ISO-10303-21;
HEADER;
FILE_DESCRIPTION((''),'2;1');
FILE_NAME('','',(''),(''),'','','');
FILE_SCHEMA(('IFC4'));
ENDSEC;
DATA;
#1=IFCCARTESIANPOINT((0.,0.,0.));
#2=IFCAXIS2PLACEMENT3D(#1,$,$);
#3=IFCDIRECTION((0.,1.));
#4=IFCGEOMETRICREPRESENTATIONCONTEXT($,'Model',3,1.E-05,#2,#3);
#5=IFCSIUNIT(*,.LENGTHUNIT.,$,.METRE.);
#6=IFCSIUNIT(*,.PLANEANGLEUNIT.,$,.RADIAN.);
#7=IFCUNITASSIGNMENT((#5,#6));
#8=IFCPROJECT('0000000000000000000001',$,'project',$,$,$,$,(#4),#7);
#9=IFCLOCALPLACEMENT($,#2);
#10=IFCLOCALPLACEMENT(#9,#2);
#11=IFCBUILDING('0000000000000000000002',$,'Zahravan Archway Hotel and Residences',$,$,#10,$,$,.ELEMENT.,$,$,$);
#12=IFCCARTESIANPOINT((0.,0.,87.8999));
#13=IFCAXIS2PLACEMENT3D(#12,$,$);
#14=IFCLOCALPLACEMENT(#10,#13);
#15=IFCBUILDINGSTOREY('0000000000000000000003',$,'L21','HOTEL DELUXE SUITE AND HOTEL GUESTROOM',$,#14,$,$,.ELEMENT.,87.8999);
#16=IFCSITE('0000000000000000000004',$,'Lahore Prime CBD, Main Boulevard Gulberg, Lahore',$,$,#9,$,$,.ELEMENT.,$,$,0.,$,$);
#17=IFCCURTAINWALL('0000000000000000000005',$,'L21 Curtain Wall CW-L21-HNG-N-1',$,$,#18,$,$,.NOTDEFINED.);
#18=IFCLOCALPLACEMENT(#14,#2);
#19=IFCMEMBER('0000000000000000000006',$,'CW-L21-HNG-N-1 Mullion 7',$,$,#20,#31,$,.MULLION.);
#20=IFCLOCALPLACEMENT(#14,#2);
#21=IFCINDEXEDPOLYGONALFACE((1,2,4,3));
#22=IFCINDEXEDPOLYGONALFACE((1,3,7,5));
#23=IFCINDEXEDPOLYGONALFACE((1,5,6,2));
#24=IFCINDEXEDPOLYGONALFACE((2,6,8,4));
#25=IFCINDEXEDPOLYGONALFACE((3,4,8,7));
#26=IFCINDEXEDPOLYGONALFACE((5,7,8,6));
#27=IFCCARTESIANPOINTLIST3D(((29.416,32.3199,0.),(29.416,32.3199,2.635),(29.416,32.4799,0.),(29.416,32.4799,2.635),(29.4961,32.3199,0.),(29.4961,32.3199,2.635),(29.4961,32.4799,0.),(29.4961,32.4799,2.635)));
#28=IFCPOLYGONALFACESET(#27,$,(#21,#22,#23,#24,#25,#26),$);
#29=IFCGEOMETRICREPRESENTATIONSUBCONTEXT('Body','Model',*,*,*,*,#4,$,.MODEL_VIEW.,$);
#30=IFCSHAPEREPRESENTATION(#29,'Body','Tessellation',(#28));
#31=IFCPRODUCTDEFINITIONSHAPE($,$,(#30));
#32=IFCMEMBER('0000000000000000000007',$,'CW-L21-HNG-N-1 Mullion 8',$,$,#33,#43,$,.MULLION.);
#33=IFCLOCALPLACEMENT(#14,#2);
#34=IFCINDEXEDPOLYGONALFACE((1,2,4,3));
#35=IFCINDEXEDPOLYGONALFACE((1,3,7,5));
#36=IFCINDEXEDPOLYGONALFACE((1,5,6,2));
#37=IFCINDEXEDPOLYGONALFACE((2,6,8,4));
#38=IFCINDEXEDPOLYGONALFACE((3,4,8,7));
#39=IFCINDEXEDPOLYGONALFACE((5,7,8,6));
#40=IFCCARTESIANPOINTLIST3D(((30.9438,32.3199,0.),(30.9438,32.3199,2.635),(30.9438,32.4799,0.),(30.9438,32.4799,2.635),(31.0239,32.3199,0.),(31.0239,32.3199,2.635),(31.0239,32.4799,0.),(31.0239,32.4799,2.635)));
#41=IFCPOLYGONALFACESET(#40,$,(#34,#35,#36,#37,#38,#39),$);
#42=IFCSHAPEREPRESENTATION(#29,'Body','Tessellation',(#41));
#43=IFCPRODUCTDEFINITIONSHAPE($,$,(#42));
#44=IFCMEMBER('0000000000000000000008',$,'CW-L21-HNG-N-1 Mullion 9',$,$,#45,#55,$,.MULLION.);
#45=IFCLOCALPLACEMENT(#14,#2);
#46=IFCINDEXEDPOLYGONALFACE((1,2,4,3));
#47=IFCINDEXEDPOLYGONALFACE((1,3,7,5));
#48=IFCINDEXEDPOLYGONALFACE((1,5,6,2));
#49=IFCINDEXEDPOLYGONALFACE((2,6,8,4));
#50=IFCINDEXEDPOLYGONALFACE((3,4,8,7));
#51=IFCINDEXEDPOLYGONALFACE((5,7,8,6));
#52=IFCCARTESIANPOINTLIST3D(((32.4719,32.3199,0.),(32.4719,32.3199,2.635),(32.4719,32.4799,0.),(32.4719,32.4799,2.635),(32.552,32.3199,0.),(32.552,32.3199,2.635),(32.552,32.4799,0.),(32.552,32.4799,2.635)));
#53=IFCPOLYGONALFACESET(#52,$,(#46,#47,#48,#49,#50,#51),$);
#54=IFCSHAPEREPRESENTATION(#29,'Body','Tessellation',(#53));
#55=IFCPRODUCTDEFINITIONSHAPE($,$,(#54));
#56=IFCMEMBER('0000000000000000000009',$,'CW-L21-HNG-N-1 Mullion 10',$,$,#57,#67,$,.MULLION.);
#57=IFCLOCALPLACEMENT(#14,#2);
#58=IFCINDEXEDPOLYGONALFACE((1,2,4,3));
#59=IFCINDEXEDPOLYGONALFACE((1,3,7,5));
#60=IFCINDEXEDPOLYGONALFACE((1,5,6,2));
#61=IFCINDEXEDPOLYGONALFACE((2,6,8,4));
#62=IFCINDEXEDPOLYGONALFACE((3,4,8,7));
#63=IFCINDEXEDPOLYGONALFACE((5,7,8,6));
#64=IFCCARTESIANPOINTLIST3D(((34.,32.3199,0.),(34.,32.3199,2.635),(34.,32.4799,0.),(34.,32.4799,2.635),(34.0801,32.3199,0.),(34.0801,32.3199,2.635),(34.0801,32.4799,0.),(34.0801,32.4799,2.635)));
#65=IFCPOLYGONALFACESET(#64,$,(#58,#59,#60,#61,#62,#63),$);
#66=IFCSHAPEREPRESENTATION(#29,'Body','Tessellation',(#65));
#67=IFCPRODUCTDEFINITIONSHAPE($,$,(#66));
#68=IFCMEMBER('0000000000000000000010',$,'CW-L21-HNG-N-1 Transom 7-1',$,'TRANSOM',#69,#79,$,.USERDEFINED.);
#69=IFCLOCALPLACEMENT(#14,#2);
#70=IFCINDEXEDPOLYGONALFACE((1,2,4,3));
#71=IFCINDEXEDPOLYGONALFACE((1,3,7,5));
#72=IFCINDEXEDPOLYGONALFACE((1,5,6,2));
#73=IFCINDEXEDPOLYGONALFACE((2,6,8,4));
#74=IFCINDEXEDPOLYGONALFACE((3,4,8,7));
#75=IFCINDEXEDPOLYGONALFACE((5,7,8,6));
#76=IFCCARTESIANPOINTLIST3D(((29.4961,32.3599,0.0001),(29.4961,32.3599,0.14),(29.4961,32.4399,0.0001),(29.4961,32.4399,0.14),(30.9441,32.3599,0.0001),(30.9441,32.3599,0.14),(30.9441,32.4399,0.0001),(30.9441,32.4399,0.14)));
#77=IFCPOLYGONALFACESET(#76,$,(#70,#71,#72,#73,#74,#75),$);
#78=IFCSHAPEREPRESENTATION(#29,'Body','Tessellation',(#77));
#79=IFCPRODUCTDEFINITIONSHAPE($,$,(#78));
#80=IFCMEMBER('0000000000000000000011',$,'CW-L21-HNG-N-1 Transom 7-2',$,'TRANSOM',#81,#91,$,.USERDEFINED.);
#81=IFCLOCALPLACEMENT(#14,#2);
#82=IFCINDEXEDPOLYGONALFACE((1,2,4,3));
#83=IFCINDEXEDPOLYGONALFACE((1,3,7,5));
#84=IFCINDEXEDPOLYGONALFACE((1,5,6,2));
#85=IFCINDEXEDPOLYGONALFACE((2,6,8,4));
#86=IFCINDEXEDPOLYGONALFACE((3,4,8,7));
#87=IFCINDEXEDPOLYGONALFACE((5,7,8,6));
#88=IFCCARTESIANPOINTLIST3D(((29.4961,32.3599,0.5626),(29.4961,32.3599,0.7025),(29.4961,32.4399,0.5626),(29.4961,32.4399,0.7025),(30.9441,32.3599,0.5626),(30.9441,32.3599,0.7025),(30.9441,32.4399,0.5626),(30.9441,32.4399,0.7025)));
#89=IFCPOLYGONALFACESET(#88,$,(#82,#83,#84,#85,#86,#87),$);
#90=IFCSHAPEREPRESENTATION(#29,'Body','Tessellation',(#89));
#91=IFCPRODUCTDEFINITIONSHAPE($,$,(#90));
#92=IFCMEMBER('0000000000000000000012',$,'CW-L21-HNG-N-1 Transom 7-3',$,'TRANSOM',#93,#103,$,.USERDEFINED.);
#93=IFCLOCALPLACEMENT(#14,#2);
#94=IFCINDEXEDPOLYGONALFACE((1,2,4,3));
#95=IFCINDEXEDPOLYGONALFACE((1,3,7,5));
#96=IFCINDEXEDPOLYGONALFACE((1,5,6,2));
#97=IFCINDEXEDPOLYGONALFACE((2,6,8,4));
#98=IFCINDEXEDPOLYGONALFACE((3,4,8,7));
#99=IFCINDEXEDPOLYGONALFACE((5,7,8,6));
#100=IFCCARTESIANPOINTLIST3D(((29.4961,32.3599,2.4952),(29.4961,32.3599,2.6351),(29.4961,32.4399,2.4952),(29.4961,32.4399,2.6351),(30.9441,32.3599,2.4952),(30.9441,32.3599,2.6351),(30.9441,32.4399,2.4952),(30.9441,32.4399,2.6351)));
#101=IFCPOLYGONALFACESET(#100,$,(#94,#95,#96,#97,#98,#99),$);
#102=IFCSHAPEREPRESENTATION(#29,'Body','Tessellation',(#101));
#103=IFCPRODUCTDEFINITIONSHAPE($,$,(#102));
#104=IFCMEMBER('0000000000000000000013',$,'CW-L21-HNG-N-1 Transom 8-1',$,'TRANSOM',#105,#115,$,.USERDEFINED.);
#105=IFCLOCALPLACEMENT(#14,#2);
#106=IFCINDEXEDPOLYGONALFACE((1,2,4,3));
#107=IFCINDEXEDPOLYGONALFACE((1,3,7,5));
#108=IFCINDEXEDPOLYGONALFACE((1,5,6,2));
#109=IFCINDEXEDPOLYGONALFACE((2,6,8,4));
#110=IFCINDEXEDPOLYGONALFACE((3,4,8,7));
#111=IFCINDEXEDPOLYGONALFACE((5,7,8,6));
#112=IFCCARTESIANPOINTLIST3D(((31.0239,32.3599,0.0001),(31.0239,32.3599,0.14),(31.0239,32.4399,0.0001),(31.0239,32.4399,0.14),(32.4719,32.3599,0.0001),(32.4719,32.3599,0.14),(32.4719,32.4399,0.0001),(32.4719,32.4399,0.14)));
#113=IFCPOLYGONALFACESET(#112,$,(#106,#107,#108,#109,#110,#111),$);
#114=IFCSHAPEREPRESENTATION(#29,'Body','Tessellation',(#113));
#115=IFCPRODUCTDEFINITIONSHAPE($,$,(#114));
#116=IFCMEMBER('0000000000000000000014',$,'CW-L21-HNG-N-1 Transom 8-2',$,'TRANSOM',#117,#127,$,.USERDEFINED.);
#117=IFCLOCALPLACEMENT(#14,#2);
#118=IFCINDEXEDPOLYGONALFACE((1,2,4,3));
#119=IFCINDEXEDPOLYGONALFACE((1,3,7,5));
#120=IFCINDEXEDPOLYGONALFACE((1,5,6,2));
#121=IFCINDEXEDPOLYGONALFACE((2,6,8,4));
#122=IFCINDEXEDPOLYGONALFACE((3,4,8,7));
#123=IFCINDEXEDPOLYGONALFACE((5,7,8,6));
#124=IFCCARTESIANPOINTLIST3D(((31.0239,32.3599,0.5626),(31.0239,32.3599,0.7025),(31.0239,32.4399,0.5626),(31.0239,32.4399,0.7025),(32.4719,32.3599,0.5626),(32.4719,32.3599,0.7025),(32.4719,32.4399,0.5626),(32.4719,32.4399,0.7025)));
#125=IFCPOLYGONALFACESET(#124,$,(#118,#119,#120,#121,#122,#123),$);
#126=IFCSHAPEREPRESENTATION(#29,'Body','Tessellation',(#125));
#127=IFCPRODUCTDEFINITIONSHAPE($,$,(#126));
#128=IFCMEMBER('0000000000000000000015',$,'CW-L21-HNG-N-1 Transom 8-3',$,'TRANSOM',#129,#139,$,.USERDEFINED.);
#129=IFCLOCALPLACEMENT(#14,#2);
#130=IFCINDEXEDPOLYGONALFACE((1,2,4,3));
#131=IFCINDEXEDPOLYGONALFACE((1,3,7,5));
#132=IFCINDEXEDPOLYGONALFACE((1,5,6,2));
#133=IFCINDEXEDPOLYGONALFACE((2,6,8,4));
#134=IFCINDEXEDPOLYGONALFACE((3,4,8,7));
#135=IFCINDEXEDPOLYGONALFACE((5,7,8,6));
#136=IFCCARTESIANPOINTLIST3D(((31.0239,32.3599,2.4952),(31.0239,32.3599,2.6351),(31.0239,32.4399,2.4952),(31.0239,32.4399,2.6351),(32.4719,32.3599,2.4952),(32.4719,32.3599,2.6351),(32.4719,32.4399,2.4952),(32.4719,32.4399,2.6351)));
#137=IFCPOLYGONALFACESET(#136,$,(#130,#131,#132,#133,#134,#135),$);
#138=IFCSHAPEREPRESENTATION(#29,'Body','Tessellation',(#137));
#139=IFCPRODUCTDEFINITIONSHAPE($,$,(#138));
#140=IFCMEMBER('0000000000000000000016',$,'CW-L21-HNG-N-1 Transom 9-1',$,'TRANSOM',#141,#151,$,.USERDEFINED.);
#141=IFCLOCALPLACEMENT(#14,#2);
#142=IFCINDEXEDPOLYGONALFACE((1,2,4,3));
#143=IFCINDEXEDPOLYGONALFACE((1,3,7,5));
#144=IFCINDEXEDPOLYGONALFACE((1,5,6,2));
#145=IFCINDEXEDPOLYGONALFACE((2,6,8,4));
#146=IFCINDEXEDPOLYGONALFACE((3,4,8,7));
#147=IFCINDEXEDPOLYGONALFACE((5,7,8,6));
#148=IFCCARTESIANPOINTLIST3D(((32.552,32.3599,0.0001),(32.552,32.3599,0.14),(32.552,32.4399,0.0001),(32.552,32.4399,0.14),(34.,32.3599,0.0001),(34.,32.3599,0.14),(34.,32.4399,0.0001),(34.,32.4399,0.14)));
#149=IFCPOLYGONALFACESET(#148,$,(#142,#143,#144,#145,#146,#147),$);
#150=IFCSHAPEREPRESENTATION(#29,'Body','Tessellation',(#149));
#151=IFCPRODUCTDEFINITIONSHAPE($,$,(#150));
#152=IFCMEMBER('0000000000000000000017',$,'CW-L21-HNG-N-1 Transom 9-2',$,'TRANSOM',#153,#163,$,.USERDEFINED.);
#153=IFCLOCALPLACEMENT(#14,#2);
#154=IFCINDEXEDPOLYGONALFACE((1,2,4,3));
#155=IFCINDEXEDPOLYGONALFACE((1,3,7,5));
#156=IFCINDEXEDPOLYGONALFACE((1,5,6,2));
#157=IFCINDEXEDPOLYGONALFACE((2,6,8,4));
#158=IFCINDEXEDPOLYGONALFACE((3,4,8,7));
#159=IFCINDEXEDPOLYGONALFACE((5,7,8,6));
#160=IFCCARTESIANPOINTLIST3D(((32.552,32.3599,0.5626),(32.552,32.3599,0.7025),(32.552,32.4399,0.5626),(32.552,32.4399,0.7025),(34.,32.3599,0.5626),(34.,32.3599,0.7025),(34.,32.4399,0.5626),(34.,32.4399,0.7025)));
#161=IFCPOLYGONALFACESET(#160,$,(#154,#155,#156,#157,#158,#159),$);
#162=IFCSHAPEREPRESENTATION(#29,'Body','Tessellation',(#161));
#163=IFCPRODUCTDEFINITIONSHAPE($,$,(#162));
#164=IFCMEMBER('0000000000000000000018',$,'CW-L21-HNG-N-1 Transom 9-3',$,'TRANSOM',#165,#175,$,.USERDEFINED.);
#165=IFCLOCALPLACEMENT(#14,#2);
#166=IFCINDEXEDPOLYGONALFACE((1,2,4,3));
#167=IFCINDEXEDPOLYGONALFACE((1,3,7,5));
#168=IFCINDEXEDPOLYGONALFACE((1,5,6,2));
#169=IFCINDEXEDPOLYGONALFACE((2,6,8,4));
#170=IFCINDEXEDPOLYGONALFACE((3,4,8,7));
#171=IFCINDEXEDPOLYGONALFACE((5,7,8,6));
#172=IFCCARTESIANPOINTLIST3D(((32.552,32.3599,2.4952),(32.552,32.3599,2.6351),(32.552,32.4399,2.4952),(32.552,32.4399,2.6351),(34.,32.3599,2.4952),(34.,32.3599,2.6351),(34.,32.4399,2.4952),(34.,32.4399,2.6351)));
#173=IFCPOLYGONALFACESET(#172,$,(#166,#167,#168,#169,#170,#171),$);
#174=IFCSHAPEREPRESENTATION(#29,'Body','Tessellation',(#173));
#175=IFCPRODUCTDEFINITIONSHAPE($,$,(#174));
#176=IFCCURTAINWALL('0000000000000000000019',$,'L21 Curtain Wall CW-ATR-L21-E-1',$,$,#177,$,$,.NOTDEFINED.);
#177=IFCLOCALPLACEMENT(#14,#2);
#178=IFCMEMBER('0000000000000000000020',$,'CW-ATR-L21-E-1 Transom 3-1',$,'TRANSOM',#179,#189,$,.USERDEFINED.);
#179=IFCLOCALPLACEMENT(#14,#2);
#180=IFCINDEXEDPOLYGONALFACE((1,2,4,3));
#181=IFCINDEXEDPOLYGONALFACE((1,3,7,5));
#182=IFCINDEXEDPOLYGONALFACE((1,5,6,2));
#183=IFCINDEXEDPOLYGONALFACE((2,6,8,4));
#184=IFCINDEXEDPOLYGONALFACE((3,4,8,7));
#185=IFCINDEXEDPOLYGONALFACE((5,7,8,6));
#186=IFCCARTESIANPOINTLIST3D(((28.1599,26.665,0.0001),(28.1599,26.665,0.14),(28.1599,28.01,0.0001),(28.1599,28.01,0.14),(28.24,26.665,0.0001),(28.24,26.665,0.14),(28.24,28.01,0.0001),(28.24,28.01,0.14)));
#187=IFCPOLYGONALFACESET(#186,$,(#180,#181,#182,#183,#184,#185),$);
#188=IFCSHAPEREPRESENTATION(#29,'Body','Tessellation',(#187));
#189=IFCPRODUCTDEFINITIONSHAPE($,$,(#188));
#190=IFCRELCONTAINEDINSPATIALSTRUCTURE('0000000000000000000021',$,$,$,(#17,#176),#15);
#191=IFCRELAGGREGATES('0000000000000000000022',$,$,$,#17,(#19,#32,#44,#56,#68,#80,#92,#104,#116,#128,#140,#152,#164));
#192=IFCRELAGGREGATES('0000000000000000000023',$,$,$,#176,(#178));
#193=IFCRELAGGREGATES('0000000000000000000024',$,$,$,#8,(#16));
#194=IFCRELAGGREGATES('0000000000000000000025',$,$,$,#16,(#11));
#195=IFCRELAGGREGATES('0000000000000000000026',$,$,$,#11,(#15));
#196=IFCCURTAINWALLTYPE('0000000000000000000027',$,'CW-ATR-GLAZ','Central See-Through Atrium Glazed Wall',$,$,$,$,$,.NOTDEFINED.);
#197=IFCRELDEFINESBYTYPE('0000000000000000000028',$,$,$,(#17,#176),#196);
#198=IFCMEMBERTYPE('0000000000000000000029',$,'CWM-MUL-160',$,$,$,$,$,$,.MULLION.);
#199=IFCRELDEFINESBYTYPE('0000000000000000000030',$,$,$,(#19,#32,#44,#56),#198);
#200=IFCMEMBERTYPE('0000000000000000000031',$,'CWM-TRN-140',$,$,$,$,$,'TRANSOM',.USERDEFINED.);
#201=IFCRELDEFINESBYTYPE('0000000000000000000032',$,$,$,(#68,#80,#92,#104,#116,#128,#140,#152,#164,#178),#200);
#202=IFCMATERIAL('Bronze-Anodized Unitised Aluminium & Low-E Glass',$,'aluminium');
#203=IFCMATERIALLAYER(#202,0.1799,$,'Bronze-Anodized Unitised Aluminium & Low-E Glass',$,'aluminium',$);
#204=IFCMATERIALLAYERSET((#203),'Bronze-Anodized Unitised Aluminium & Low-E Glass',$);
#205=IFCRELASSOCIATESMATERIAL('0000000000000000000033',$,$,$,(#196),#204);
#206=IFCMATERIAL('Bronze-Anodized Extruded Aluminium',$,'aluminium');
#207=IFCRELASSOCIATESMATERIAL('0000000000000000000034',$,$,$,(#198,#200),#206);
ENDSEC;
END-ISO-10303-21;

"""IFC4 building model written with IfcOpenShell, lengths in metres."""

from ifc_helpers import new_model, si_unit, direction, frame, origin, origin_2d, place, context, subcontext, project, spatial, rectangle, extrude, source, transform, mapped, material, layer, layer_set, material_profile, profile_set, type_object, element, aggregate, save


model = new_model("IFC4")

# Units and contexts
model_context = context("Model", 3, precision=1e-05, world=origin(), true_north=direction((0.0, 1.0)))
body_context = subcontext(model_context, "Body", "Model", "MODEL_VIEW")
ifc_project = project(units=[si_unit("LENGTHUNIT", "METRE"), si_unit("PLANEANGLEUNIT", "RADIAN")], contexts=[model_context])

# Site, building, storey
site_placement = place(None, origin())
site = spatial("IfcSite", under=ifc_project, at=site_placement, Name="Lahore Prime CBD, Main Boulevard Gulberg, Lahore", CompositionType="ELEMENT", RefElevation=0.0)
building_placement = place(site_placement, origin())
building = spatial("IfcBuilding", under=site, at=building_placement, Name="Zahravan Archway Hotel and Residences", CompositionType="ELEMENT")
storey_placement = place(building_placement, frame((0.0, 0.0, 87.8999)))
storey = spatial("IfcBuildingStorey", under=building, at=storey_placement, Name="L21", Description="HOTEL DELUXE SUITE AND HOTEL GUESTROOM", CompositionType="ELEMENT", Elevation=87.8999)

# Curtain walls, members
ifc_material_1 = material(Name="Bronze-Anodized Unitised Aluminium & Low-E Glass", Category="aluminium")
ifc_layer_1 = layer(ifc_material_1, 0.1799, Name="Bronze-Anodized Unitised Aluminium & Low-E Glass", Category="aluminium")
ifc_layer_set_1 = layer_set([ifc_layer_1], Name="Bronze-Anodized Unitised Aluminium & Low-E Glass")
curtain_wall_type = type_object("IfcCurtainWallType", Name="CW-ATR-GLAZ", Description="Central See-Through Atrium Glazed Wall", PredefinedType="NOTDEFINED", material=ifc_layer_set_1)
curtain_wall_1_placement = place(storey_placement, origin())
curtain_wall_1 = element("IfcCurtainWall", 1, at=curtain_wall_1_placement, inside=storey, type_object=curtain_wall_type, Name="L21 Curtain Wall CW-L21-HNG-N-1", PredefinedType="NOTDEFINED")
ifc_material_2 = material(Name="Bronze-Anodized Extruded Aluminium", Category="aluminium")
ifc_material_profile_1 = material_profile(ifc_material_2, rectangle(XDim=0.0801, YDim=0.1599, at=origin_2d()), Name="MUL 80x160", Category="aluminium")
ifc_profile_set_1 = profile_set([ifc_material_profile_1], Name="Bronze-Anodized Extruded Aluminium")
member_type_1 = type_object("IfcMemberType", Name="CWM-MUL-160", PredefinedType="MULLION", material=ifc_profile_set_1)
shared_shape_1 = source(origin(), body_context, "Body", "SweptSolid", [
    extrude(rectangle(XDim=0.0801, YDim=0.1599, at=origin_2d()), origin(), (0.0, 0.0, 1.0), 2.635),
])
member_1_placement = place(storey_placement, frame((29.4561, 32.3999, 0.0), z_axis=(0.0, 0.0, 1.0), x_axis=(1.0, 0.0, 0.0)))
member_1 = element("IfcMember", 2, at=member_1_placement, type_object=member_type_1, Name="CW-L21-HNG-N-1 Mullion 7", PredefinedType="MULLION", context=body_context, shape_type="MappedRepresentation", body=[
    mapped(shared_shape_1, transform((0.0, 0.0, 0.0), scale=1.0)),
])
member_2_placement = place(storey_placement, frame((30.9839, 32.3999, 0.0), z_axis=(0.0, 0.0, 1.0), x_axis=(1.0, 0.0, 0.0)))
member_2 = element("IfcMember", 3, at=member_2_placement, type_object=member_type_1, Name="CW-L21-HNG-N-1 Mullion 8", PredefinedType="MULLION", context=body_context, shape_type="MappedRepresentation", body=[
    mapped(shared_shape_1, transform((0.0, 0.0, 0.0), scale=1.0)),
])
member_3_placement = place(storey_placement, frame((32.512, 32.3999, 0.0), z_axis=(0.0, 0.0, 1.0), x_axis=(1.0, 0.0, 0.0)))
member_3 = element("IfcMember", 4, at=member_3_placement, type_object=member_type_1, Name="CW-L21-HNG-N-1 Mullion 9", PredefinedType="MULLION", context=body_context, shape_type="MappedRepresentation", body=[
    mapped(shared_shape_1, transform((0.0, 0.0, 0.0), scale=1.0)),
])
member_4_placement = place(storey_placement, frame((34.04, 32.3999, 0.0), z_axis=(0.0, 0.0, 1.0), x_axis=(1.0, 0.0, 0.0)))
member_4 = element("IfcMember", 5, at=member_4_placement, type_object=member_type_1, Name="CW-L21-HNG-N-1 Mullion 10", PredefinedType="MULLION", context=body_context, shape_type="MappedRepresentation", body=[
    mapped(shared_shape_1, transform((0.0, 0.0, 0.0), scale=1.0)),
])
ifc_material_profile_2 = material_profile(ifc_material_2, rectangle(XDim=0.0801, YDim=0.1399, at=origin_2d()), Name="TRN 80x140", Category="aluminium")
ifc_profile_set_2 = profile_set([ifc_material_profile_2], Name="Bronze-Anodized Extruded Aluminium")
member_type_2 = type_object("IfcMemberType", Name="CWM-TRN-140", ElementType="TRANSOM", PredefinedType="USERDEFINED", material=ifc_profile_set_2)
shared_shape_2 = source(origin(), body_context, "Body", "SweptSolid", [
    extrude(rectangle(XDim=0.0801, YDim=0.1399, at=origin_2d()), origin(), (0.0, 0.0, 1.0), 1.448),
])
member_5_placement = place(storey_placement, frame((29.4961, 32.3999, 0.0701), z_axis=(1.0, 0.0, 0.0), x_axis=(0.0, 1.0, 0.0)))
member_5 = element("IfcMember", 6, at=member_5_placement, type_object=member_type_2, Name="CW-L21-HNG-N-1 Transom 7-1", ObjectType="TRANSOM", PredefinedType="USERDEFINED", context=body_context, shape_type="MappedRepresentation", body=[
    mapped(shared_shape_2, transform((0.0, 0.0, 0.0), scale=1.0)),
])
member_6_placement = place(storey_placement, frame((29.4961, 32.3999, 0.6326), z_axis=(1.0, 0.0, 0.0), x_axis=(0.0, 1.0, 0.0)))
member_6 = element("IfcMember", 7, at=member_6_placement, type_object=member_type_2, Name="CW-L21-HNG-N-1 Transom 7-2", ObjectType="TRANSOM", PredefinedType="USERDEFINED", context=body_context, shape_type="MappedRepresentation", body=[
    mapped(shared_shape_2, transform((0.0, 0.0, 0.0), scale=1.0)),
])
member_7_placement = place(storey_placement, frame((29.4961, 32.3999, 2.5652), z_axis=(1.0, 0.0, 0.0), x_axis=(0.0, 1.0, 0.0)))
member_7 = element("IfcMember", 8, at=member_7_placement, type_object=member_type_2, Name="CW-L21-HNG-N-1 Transom 7-3", ObjectType="TRANSOM", PredefinedType="USERDEFINED", context=body_context, shape_type="MappedRepresentation", body=[
    mapped(shared_shape_2, transform((0.0, 0.0, 0.0), scale=1.0)),
])
member_8_placement = place(storey_placement, frame((31.0239, 32.3999, 0.0701), z_axis=(1.0, 0.0, 0.0), x_axis=(0.0, 1.0, 0.0)))
member_8 = element("IfcMember", 9, at=member_8_placement, type_object=member_type_2, Name="CW-L21-HNG-N-1 Transom 8-1", ObjectType="TRANSOM", PredefinedType="USERDEFINED", context=body_context, shape_type="MappedRepresentation", body=[
    mapped(shared_shape_2, transform((0.0, 0.0, 0.0), scale=1.0)),
])
member_9_placement = place(storey_placement, frame((31.0239, 32.3999, 0.6326), z_axis=(1.0, 0.0, 0.0), x_axis=(0.0, 1.0, 0.0)))
member_9 = element("IfcMember", 10, at=member_9_placement, type_object=member_type_2, Name="CW-L21-HNG-N-1 Transom 8-2", ObjectType="TRANSOM", PredefinedType="USERDEFINED", context=body_context, shape_type="MappedRepresentation", body=[
    mapped(shared_shape_2, transform((0.0, 0.0, 0.0), scale=1.0)),
])
member_10_placement = place(storey_placement, frame((31.0239, 32.3999, 2.5652), z_axis=(1.0, 0.0, 0.0), x_axis=(0.0, 1.0, 0.0)))
member_10 = element("IfcMember", 11, at=member_10_placement, type_object=member_type_2, Name="CW-L21-HNG-N-1 Transom 8-3", ObjectType="TRANSOM", PredefinedType="USERDEFINED", context=body_context, shape_type="MappedRepresentation", body=[
    mapped(shared_shape_2, transform((0.0, 0.0, 0.0), scale=1.0)),
])
member_11_placement = place(storey_placement, frame((32.552, 32.3999, 0.0701), z_axis=(1.0, 0.0, 0.0), x_axis=(0.0, 1.0, 0.0)))
member_11 = element("IfcMember", 12, at=member_11_placement, type_object=member_type_2, Name="CW-L21-HNG-N-1 Transom 9-1", ObjectType="TRANSOM", PredefinedType="USERDEFINED", context=body_context, shape_type="MappedRepresentation", body=[
    mapped(shared_shape_2, transform((0.0, 0.0, 0.0), scale=1.0)),
])
member_12_placement = place(storey_placement, frame((32.552, 32.3999, 0.6326), z_axis=(1.0, 0.0, 0.0), x_axis=(0.0, 1.0, 0.0)))
member_12 = element("IfcMember", 13, at=member_12_placement, type_object=member_type_2, Name="CW-L21-HNG-N-1 Transom 9-2", ObjectType="TRANSOM", PredefinedType="USERDEFINED", context=body_context, shape_type="MappedRepresentation", body=[
    mapped(shared_shape_2, transform((0.0, 0.0, 0.0), scale=1.0)),
])
member_13_placement = place(storey_placement, frame((32.552, 32.3999, 2.5652), z_axis=(1.0, 0.0, 0.0), x_axis=(0.0, 1.0, 0.0)))
member_13 = element("IfcMember", 14, at=member_13_placement, type_object=member_type_2, Name="CW-L21-HNG-N-1 Transom 9-3", ObjectType="TRANSOM", PredefinedType="USERDEFINED", context=body_context, shape_type="MappedRepresentation", body=[
    mapped(shared_shape_2, transform((0.0, 0.0, 0.0), scale=1.0)),
])
curtain_wall_2_placement = place(storey_placement, origin())
curtain_wall_2 = element("IfcCurtainWall", 15, at=curtain_wall_2_placement, inside=storey, type_object=curtain_wall_type, Name="L21 Curtain Wall CW-ATR-L21-E-1", PredefinedType="NOTDEFINED")
shared_shape_3 = source(origin(), body_context, "Body", "SweptSolid", [
    extrude(rectangle(XDim=0.0801, YDim=0.1399, at=origin_2d()), origin(), (0.0, 0.0, 1.0), 1.345),
])
member_14_placement = place(storey_placement, frame((28.2, 26.665, 0.0701), z_axis=(0.0, 1.0, 0.0), x_axis=(-1.0, 0.0, 0.0)))
member_14 = element("IfcMember", 16, at=member_14_placement, type_object=member_type_2, Name="CW-ATR-L21-E-1 Transom 3-1", ObjectType="TRANSOM", PredefinedType="USERDEFINED", context=body_context, shape_type="MappedRepresentation", body=[
    mapped(shared_shape_3, transform((0.0, 0.0, 0.0), scale=1.0)),
])

aggregate(curtain_wall_1, [member_1, member_2, member_3, member_4, member_5, member_6, member_7, member_8, member_9, member_10, member_11, member_12, member_13])
aggregate(curtain_wall_2, [member_14])

save(model, "model.ifc")
